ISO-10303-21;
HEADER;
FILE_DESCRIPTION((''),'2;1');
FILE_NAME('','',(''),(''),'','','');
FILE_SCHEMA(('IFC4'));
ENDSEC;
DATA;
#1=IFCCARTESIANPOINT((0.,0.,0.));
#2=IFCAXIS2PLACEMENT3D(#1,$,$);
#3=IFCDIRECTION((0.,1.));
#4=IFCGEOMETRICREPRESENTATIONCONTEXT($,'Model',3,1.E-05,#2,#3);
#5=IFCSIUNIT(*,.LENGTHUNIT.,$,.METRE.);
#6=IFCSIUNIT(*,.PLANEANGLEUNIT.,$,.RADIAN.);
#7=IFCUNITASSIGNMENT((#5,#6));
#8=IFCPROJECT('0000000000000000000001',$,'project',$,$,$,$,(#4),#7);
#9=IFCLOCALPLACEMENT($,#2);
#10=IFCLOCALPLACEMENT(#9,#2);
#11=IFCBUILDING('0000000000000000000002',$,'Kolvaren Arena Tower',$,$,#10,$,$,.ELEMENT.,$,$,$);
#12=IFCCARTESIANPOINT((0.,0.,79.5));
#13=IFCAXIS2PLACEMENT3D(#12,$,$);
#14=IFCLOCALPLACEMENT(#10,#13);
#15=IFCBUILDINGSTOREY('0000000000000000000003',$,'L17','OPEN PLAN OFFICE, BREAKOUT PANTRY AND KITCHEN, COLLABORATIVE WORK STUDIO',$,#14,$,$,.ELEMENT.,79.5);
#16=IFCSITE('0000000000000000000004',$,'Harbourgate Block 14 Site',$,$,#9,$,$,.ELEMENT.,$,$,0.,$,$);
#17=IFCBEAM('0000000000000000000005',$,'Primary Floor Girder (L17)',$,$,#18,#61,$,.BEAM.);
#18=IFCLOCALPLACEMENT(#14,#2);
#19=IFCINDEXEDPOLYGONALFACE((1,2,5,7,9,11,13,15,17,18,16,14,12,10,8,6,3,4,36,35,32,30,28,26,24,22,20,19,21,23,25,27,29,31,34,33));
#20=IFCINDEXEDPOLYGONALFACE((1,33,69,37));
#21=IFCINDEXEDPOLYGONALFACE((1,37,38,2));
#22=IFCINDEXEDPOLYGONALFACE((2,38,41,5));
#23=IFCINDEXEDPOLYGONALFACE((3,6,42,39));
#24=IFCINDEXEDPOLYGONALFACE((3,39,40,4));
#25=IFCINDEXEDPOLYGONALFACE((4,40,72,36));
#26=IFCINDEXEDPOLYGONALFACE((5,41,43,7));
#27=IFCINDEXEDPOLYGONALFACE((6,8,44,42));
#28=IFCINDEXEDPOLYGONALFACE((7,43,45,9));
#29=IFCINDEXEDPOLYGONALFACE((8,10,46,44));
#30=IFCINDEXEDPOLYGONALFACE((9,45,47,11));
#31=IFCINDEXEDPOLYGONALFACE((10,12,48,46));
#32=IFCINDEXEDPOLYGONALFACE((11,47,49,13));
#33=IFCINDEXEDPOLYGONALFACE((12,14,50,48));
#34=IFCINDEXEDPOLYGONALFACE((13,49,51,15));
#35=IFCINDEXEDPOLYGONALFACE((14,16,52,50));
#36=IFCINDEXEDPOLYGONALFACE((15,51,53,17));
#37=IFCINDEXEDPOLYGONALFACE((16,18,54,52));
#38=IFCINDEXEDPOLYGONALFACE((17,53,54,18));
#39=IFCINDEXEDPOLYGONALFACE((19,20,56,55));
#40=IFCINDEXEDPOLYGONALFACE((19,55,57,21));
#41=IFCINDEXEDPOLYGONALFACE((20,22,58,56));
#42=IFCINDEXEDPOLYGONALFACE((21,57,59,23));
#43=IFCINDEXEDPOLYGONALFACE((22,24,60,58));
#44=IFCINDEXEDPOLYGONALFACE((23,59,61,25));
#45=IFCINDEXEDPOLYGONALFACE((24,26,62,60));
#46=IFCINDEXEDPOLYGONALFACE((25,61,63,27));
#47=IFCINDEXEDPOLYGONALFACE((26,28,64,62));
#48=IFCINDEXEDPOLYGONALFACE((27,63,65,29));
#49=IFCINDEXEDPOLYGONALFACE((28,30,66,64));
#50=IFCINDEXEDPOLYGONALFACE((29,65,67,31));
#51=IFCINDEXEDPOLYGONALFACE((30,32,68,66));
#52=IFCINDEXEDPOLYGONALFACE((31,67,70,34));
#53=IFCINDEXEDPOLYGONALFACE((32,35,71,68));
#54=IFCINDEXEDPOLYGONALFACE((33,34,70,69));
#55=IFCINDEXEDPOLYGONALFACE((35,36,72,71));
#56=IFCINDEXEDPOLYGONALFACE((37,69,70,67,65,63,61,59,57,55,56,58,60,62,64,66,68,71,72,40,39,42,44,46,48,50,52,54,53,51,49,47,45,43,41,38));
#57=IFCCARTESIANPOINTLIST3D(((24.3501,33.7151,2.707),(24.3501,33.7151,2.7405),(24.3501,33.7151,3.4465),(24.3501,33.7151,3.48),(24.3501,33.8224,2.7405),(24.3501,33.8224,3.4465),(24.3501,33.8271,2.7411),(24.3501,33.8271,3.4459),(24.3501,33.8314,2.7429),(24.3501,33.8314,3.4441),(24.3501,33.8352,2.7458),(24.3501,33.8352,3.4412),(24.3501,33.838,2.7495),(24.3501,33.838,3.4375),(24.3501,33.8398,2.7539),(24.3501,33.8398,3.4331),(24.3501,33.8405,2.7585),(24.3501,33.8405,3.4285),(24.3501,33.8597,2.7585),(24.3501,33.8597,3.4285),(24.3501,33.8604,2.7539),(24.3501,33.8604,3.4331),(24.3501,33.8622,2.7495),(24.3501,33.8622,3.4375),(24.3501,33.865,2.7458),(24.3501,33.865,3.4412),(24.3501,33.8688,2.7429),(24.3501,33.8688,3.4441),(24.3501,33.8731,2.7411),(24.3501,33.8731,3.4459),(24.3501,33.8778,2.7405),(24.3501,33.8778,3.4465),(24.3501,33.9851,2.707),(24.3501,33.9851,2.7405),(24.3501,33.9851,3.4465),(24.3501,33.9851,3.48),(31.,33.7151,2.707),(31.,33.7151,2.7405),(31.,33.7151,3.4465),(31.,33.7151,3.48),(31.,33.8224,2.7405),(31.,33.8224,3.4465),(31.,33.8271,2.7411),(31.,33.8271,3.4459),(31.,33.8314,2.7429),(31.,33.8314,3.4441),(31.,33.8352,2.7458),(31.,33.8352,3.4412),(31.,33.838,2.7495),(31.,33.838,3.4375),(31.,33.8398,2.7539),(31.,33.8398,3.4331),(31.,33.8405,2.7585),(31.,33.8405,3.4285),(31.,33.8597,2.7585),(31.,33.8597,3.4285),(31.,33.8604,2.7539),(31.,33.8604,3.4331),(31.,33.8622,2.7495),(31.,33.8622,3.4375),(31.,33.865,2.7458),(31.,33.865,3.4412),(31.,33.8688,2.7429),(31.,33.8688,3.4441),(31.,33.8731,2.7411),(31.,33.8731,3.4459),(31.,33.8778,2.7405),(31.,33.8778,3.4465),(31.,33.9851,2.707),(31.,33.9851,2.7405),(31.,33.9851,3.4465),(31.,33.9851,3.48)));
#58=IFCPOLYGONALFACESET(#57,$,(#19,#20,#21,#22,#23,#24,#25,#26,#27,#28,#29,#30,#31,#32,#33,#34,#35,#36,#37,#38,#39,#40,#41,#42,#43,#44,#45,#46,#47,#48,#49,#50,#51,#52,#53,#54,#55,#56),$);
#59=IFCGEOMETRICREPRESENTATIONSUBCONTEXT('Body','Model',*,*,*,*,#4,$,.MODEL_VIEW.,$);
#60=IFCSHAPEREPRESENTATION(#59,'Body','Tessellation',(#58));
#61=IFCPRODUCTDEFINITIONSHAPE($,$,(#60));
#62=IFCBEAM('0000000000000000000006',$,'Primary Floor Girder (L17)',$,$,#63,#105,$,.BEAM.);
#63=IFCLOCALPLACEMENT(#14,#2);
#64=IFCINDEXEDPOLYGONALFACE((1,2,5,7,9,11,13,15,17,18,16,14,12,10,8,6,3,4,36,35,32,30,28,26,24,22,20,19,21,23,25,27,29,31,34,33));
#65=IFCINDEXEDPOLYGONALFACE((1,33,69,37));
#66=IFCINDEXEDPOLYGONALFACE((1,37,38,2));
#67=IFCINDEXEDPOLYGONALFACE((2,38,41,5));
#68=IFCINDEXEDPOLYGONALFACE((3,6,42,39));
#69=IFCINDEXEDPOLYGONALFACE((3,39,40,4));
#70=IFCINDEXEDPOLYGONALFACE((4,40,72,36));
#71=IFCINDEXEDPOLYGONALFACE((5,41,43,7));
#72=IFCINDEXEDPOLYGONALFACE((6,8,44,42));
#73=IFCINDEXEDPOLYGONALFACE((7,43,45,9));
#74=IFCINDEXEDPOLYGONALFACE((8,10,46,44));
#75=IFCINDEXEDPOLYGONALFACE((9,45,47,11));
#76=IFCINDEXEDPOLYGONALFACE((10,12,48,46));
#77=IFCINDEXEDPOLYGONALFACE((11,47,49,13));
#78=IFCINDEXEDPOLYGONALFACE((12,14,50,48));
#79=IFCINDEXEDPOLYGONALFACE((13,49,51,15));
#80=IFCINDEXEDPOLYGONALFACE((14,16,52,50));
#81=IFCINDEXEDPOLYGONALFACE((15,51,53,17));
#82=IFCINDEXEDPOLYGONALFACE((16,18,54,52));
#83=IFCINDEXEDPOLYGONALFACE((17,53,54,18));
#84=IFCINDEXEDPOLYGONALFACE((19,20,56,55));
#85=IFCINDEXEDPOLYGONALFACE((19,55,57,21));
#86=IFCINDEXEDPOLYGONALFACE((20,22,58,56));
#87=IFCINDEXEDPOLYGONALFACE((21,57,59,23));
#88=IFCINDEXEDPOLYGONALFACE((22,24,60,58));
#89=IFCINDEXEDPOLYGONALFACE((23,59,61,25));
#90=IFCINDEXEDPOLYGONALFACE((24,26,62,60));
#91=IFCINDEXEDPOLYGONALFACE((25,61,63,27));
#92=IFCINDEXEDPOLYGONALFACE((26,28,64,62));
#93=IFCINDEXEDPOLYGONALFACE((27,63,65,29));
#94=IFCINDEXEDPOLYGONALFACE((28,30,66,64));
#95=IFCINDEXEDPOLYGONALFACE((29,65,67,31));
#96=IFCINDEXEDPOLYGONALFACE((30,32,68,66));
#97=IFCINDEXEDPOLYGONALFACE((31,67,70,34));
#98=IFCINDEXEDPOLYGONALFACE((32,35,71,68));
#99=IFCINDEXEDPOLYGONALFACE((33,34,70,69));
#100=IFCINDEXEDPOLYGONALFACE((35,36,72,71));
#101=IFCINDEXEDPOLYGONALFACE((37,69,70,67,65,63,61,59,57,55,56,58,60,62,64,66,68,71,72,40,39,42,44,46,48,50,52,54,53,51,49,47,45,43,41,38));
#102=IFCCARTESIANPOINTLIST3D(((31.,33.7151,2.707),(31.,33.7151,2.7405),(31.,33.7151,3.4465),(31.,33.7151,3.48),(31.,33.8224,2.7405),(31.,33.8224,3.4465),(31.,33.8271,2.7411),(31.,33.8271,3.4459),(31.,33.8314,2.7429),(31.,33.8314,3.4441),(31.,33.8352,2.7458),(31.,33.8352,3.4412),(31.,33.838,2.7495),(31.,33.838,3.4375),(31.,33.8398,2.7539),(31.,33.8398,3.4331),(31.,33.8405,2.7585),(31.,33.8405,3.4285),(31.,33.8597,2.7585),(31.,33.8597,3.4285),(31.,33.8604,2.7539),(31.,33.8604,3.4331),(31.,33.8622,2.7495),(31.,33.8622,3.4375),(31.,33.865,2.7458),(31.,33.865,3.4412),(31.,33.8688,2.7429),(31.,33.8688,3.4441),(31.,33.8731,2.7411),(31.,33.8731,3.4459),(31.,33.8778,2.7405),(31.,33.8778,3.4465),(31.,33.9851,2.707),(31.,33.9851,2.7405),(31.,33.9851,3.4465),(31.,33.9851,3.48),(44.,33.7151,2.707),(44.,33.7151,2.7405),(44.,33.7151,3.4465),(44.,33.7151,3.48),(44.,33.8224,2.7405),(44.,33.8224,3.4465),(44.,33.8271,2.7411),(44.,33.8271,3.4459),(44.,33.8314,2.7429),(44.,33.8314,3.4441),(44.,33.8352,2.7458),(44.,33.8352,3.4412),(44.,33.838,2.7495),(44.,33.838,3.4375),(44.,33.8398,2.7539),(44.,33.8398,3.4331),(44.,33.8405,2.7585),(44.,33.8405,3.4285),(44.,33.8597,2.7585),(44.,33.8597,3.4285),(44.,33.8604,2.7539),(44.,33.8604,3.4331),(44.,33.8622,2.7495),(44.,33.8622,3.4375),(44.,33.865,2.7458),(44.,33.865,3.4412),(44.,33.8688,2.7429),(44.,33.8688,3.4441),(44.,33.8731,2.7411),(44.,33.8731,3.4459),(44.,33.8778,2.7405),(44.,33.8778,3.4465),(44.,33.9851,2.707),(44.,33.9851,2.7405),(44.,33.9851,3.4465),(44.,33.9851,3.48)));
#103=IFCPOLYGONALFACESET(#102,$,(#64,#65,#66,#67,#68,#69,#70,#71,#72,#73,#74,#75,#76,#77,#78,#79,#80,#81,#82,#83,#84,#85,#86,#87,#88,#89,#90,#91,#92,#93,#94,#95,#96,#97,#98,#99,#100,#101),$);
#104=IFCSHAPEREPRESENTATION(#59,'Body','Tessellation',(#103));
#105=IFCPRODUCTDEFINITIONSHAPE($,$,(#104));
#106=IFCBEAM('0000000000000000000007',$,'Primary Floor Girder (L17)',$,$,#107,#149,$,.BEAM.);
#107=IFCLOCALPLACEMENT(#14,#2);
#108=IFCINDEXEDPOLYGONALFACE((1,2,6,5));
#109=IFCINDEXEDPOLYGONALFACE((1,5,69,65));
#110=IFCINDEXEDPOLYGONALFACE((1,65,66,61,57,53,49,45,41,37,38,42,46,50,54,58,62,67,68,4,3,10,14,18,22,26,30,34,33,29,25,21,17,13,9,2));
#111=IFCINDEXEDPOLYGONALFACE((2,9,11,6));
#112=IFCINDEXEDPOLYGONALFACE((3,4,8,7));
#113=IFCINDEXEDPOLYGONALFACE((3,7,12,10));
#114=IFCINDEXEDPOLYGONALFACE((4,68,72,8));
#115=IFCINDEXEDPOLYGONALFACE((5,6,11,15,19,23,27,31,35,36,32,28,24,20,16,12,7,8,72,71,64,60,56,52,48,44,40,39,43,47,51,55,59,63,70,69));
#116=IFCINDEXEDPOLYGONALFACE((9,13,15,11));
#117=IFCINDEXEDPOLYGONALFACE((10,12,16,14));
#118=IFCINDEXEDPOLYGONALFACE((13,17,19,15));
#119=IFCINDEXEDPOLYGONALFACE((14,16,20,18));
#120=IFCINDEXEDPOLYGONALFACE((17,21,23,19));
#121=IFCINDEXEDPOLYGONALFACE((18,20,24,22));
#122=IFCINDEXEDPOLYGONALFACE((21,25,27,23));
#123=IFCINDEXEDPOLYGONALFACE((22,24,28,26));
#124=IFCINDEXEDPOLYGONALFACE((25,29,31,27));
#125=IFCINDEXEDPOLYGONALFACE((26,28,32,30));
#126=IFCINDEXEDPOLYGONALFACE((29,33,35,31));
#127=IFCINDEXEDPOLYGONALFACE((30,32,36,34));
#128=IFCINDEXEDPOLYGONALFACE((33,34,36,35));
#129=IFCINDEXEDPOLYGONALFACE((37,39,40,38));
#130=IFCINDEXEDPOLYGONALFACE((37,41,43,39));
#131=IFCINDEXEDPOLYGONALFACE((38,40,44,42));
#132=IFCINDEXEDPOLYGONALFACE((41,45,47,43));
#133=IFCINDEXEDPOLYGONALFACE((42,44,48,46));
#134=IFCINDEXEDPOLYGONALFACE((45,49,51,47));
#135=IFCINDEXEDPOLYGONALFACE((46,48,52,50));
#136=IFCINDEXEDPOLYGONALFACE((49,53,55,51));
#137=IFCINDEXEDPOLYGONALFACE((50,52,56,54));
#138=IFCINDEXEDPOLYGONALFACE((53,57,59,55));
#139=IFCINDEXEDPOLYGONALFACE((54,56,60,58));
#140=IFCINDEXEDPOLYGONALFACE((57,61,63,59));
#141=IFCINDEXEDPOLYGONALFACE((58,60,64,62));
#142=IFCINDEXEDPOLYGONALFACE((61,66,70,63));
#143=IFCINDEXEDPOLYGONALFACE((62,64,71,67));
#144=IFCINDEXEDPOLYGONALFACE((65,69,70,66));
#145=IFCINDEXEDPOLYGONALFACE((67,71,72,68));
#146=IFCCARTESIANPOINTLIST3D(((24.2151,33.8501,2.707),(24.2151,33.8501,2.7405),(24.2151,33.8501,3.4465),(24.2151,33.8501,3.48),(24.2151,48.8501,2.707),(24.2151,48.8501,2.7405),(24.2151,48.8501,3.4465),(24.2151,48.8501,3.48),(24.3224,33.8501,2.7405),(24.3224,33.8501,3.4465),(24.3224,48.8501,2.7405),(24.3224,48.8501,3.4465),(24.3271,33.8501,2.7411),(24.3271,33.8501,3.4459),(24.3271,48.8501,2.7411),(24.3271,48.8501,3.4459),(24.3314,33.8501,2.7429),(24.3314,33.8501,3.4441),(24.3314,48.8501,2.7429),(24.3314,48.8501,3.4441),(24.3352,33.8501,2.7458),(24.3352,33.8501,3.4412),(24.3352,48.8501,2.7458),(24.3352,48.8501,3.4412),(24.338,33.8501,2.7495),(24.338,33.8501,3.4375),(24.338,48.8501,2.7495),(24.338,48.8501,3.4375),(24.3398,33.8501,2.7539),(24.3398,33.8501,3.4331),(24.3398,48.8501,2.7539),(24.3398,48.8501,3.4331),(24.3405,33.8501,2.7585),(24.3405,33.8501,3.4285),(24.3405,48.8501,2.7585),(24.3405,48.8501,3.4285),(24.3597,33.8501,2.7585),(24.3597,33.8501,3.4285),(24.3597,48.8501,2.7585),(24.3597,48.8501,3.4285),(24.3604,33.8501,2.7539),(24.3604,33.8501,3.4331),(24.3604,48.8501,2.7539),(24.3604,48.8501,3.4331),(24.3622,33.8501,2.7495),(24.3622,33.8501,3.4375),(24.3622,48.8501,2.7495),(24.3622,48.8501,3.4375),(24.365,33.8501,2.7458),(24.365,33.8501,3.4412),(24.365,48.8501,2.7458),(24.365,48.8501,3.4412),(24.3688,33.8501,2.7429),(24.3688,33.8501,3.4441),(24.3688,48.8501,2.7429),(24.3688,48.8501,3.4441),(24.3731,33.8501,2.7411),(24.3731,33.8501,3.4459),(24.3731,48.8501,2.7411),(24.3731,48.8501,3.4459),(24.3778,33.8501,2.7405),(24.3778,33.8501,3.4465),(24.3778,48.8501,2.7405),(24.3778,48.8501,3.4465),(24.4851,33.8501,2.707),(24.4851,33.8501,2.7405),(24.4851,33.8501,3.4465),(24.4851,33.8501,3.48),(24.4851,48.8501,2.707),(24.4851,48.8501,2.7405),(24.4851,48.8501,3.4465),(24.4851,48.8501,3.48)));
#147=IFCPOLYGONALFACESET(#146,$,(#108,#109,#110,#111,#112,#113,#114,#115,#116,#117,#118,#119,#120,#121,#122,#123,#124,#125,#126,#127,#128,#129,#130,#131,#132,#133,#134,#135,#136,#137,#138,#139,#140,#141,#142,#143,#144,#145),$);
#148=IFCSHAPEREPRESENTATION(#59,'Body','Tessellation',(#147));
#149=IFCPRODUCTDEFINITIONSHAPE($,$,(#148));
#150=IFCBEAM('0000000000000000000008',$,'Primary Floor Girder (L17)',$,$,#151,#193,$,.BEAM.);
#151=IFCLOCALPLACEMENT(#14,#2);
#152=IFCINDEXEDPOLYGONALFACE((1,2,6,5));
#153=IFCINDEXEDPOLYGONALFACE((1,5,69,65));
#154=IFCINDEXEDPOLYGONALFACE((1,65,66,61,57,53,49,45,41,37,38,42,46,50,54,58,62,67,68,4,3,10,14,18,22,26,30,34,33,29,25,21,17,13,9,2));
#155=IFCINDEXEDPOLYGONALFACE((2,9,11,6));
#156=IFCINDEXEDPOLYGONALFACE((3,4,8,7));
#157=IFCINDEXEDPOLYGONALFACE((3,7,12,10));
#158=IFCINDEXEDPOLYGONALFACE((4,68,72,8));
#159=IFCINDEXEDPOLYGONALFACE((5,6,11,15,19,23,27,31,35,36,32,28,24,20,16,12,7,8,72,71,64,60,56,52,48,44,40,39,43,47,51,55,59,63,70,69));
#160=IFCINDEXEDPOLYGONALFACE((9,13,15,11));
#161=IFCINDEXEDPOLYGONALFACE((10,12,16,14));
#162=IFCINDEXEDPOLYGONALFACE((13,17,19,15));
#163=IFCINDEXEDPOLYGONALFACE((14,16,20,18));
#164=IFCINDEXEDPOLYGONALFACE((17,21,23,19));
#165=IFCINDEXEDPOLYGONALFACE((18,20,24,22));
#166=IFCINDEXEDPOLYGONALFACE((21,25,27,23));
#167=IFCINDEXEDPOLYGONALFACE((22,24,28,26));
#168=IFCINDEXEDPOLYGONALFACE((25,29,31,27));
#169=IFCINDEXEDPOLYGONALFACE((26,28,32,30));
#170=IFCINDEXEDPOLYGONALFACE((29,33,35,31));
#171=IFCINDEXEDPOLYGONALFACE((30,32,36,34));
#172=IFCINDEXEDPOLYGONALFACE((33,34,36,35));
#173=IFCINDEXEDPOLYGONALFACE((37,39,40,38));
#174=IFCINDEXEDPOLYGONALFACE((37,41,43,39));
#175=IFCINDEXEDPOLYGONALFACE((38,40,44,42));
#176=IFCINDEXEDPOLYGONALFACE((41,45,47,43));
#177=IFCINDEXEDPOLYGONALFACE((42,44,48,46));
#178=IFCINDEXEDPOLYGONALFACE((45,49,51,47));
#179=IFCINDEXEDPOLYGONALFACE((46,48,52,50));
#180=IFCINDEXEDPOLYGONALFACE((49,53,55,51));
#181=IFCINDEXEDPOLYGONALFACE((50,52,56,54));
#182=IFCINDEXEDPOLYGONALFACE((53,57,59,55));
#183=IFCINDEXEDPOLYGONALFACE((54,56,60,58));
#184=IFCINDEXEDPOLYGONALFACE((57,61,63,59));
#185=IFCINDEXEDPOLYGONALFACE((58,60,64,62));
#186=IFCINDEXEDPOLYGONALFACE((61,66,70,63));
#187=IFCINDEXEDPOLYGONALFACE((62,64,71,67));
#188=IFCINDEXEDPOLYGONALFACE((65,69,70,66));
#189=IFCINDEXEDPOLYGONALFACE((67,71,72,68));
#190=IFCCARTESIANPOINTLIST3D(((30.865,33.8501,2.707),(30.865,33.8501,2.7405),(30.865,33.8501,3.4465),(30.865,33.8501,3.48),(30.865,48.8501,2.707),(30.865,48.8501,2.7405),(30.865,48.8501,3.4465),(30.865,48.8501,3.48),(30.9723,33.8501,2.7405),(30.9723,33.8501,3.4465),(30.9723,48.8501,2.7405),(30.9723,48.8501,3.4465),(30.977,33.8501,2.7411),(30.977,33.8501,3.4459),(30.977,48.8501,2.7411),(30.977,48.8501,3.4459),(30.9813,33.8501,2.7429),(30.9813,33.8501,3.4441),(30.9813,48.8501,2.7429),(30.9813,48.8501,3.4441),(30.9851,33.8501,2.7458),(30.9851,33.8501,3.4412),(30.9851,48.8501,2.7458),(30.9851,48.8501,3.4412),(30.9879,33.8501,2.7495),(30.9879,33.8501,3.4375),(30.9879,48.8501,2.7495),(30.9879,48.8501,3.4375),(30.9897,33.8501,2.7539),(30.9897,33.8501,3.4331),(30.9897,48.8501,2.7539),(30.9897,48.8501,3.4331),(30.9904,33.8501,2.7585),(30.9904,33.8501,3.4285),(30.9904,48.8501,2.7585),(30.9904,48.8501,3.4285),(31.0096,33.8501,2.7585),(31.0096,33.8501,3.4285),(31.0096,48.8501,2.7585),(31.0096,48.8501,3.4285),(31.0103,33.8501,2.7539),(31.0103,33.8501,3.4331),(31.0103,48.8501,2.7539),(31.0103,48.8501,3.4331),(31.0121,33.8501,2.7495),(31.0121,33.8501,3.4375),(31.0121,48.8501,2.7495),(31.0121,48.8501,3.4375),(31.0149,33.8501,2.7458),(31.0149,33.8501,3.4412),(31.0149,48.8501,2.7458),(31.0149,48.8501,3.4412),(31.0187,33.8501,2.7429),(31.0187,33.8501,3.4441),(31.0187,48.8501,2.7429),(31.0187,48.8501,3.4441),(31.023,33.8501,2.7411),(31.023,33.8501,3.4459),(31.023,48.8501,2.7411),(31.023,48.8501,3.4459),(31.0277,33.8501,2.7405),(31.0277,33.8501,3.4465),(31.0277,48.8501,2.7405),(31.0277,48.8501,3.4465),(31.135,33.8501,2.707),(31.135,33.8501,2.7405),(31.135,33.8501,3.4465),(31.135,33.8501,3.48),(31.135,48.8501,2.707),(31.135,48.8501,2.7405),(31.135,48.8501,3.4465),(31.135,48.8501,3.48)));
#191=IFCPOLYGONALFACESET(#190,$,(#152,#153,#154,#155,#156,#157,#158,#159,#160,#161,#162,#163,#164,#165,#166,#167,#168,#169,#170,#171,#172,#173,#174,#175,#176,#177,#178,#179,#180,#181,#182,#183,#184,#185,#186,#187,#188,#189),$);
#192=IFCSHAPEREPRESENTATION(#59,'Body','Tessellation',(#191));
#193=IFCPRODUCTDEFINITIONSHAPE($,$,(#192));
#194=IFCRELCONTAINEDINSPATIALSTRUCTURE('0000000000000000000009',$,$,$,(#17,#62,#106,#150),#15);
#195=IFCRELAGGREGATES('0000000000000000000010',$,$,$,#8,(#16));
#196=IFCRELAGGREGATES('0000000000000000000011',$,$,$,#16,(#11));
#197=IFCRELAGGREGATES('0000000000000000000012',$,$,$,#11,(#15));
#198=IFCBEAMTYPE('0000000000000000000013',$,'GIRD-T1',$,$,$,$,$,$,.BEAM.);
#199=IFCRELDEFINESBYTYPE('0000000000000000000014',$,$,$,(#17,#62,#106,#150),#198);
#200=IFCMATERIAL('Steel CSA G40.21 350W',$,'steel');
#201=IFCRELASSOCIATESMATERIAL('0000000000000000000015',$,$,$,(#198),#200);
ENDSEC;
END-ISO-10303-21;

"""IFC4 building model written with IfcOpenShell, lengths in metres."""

from ifc_helpers import new_model, si_unit, direction, frame, origin, origin_2d, place, context, subcontext, project, spatial, i_section, extrude, material, material_profile, profile_set, type_object, element, save


model = new_model("IFC4")

# Units and contexts
model_context = context("Model", 3, precision=1e-05, world=origin(), true_north=direction((0.0, 1.0)))
body_context = subcontext(model_context, "Body", "Model", "MODEL_VIEW")
ifc_project = project(units=[si_unit("LENGTHUNIT", "METRE"), si_unit("PLANEANGLEUNIT", "RADIAN")], contexts=[model_context])

# Site, building, storey
site_placement = place(None, origin())
site = spatial("IfcSite", under=ifc_project, at=site_placement, Name="Harbourgate Block 14 Site", CompositionType="ELEMENT", RefElevation=0.0)
building_placement = place(site_placement, origin())
building = spatial("IfcBuilding", under=site, at=building_placement, Name="Kolvaren Arena Tower", CompositionType="ELEMENT")
storey_placement = place(building_placement, frame((0.0, 0.0, 79.5)))
storey = spatial("IfcBuildingStorey", under=building, at=storey_placement, Name="L17", Description="OPEN PLAN OFFICE, BREAKOUT PANTRY AND KITCHEN, COLLABORATIVE WORK STUDIO", CompositionType="ELEMENT", Elevation=79.5)

# Beams
ifc_material_1 = material(Name="Steel CSA G40.21 350W", Category="steel")
ifc_material_profile_1 = material_profile(ifc_material_1, i_section(OverallWidth=0.27, OverallDepth=0.7729, WebThickness=0.0193, FlangeThickness=0.0334, FilletRadius=0.0181, at=origin_2d()), Name="W760x257")
ifc_profile_set_1 = profile_set([ifc_material_profile_1], Name="Steel CSA G40.21 350W")
beam_type_1 = type_object("IfcBeamType", Name="GIRD-T1", PredefinedType="BEAM", material=ifc_profile_set_1)
beam_1_placement = place(storey_placement, frame((24.3501, 33.8501, 3.0935), z_axis=(1.0, 0.0, 0.0), x_axis=(0.0, 1.0, 0.0)))
element("IfcBeam", 1, at=beam_1_placement, inside=storey, type_object=beam_type_1, Name="Primary Floor Girder (L17)", PredefinedType="BEAM", context=body_context, shape_type="SweptSolid", body=[
    extrude(i_section(OverallWidth=0.27, OverallDepth=0.7729, WebThickness=0.0193, FlangeThickness=0.0334, FilletRadius=0.0181, at=origin_2d()), origin(), (0.0, 0.0, 1.0), 6.6499),
])
beam_2_placement = place(storey_placement, frame((31.0, 33.8501, 3.0935), z_axis=(1.0, 0.0, 0.0), x_axis=(0.0, 1.0, 0.0)))
element("IfcBeam", 2, at=beam_2_placement, inside=storey, type_object=beam_type_1, Name="Primary Floor Girder (L17)", PredefinedType="BEAM", context=body_context, shape_type="SweptSolid", body=[
    extrude(i_section(OverallWidth=0.27, OverallDepth=0.7729, WebThickness=0.0193, FlangeThickness=0.0334, FilletRadius=0.0181, at=origin_2d()), origin(), (0.0, 0.0, 1.0), 13.0),
])
for number, where, z_axis, x_axis, name in (
    (3, (24.3501, 33.8501, 3.0935), (0.0, 1.0, 0.0), (-1.0, 0.0, 0.0), "Primary Floor Girder (L17)"),
    (4, (31.0, 33.8501, 3.0935), (0.0, 1.0, 0.0), (-1.0, 0.0, 0.0), "Primary Floor Girder (L17)"),
):
    element("IfcBeam", number, at=place(storey_placement, frame(where, z_axis=z_axis, x_axis=x_axis)), inside=storey, type_object=beam_type_1, Name=name, PredefinedType="BEAM", context=body_context, shape_type="SweptSolid", body=[
        extrude(i_section(OverallWidth=0.27, OverallDepth=0.7729, WebThickness=0.0193, FlangeThickness=0.0334, FilletRadius=0.0181, at=origin_2d()), origin(), (0.0, 0.0, 1.0), 15.0),
    ])

save(model, "model.ifc")
